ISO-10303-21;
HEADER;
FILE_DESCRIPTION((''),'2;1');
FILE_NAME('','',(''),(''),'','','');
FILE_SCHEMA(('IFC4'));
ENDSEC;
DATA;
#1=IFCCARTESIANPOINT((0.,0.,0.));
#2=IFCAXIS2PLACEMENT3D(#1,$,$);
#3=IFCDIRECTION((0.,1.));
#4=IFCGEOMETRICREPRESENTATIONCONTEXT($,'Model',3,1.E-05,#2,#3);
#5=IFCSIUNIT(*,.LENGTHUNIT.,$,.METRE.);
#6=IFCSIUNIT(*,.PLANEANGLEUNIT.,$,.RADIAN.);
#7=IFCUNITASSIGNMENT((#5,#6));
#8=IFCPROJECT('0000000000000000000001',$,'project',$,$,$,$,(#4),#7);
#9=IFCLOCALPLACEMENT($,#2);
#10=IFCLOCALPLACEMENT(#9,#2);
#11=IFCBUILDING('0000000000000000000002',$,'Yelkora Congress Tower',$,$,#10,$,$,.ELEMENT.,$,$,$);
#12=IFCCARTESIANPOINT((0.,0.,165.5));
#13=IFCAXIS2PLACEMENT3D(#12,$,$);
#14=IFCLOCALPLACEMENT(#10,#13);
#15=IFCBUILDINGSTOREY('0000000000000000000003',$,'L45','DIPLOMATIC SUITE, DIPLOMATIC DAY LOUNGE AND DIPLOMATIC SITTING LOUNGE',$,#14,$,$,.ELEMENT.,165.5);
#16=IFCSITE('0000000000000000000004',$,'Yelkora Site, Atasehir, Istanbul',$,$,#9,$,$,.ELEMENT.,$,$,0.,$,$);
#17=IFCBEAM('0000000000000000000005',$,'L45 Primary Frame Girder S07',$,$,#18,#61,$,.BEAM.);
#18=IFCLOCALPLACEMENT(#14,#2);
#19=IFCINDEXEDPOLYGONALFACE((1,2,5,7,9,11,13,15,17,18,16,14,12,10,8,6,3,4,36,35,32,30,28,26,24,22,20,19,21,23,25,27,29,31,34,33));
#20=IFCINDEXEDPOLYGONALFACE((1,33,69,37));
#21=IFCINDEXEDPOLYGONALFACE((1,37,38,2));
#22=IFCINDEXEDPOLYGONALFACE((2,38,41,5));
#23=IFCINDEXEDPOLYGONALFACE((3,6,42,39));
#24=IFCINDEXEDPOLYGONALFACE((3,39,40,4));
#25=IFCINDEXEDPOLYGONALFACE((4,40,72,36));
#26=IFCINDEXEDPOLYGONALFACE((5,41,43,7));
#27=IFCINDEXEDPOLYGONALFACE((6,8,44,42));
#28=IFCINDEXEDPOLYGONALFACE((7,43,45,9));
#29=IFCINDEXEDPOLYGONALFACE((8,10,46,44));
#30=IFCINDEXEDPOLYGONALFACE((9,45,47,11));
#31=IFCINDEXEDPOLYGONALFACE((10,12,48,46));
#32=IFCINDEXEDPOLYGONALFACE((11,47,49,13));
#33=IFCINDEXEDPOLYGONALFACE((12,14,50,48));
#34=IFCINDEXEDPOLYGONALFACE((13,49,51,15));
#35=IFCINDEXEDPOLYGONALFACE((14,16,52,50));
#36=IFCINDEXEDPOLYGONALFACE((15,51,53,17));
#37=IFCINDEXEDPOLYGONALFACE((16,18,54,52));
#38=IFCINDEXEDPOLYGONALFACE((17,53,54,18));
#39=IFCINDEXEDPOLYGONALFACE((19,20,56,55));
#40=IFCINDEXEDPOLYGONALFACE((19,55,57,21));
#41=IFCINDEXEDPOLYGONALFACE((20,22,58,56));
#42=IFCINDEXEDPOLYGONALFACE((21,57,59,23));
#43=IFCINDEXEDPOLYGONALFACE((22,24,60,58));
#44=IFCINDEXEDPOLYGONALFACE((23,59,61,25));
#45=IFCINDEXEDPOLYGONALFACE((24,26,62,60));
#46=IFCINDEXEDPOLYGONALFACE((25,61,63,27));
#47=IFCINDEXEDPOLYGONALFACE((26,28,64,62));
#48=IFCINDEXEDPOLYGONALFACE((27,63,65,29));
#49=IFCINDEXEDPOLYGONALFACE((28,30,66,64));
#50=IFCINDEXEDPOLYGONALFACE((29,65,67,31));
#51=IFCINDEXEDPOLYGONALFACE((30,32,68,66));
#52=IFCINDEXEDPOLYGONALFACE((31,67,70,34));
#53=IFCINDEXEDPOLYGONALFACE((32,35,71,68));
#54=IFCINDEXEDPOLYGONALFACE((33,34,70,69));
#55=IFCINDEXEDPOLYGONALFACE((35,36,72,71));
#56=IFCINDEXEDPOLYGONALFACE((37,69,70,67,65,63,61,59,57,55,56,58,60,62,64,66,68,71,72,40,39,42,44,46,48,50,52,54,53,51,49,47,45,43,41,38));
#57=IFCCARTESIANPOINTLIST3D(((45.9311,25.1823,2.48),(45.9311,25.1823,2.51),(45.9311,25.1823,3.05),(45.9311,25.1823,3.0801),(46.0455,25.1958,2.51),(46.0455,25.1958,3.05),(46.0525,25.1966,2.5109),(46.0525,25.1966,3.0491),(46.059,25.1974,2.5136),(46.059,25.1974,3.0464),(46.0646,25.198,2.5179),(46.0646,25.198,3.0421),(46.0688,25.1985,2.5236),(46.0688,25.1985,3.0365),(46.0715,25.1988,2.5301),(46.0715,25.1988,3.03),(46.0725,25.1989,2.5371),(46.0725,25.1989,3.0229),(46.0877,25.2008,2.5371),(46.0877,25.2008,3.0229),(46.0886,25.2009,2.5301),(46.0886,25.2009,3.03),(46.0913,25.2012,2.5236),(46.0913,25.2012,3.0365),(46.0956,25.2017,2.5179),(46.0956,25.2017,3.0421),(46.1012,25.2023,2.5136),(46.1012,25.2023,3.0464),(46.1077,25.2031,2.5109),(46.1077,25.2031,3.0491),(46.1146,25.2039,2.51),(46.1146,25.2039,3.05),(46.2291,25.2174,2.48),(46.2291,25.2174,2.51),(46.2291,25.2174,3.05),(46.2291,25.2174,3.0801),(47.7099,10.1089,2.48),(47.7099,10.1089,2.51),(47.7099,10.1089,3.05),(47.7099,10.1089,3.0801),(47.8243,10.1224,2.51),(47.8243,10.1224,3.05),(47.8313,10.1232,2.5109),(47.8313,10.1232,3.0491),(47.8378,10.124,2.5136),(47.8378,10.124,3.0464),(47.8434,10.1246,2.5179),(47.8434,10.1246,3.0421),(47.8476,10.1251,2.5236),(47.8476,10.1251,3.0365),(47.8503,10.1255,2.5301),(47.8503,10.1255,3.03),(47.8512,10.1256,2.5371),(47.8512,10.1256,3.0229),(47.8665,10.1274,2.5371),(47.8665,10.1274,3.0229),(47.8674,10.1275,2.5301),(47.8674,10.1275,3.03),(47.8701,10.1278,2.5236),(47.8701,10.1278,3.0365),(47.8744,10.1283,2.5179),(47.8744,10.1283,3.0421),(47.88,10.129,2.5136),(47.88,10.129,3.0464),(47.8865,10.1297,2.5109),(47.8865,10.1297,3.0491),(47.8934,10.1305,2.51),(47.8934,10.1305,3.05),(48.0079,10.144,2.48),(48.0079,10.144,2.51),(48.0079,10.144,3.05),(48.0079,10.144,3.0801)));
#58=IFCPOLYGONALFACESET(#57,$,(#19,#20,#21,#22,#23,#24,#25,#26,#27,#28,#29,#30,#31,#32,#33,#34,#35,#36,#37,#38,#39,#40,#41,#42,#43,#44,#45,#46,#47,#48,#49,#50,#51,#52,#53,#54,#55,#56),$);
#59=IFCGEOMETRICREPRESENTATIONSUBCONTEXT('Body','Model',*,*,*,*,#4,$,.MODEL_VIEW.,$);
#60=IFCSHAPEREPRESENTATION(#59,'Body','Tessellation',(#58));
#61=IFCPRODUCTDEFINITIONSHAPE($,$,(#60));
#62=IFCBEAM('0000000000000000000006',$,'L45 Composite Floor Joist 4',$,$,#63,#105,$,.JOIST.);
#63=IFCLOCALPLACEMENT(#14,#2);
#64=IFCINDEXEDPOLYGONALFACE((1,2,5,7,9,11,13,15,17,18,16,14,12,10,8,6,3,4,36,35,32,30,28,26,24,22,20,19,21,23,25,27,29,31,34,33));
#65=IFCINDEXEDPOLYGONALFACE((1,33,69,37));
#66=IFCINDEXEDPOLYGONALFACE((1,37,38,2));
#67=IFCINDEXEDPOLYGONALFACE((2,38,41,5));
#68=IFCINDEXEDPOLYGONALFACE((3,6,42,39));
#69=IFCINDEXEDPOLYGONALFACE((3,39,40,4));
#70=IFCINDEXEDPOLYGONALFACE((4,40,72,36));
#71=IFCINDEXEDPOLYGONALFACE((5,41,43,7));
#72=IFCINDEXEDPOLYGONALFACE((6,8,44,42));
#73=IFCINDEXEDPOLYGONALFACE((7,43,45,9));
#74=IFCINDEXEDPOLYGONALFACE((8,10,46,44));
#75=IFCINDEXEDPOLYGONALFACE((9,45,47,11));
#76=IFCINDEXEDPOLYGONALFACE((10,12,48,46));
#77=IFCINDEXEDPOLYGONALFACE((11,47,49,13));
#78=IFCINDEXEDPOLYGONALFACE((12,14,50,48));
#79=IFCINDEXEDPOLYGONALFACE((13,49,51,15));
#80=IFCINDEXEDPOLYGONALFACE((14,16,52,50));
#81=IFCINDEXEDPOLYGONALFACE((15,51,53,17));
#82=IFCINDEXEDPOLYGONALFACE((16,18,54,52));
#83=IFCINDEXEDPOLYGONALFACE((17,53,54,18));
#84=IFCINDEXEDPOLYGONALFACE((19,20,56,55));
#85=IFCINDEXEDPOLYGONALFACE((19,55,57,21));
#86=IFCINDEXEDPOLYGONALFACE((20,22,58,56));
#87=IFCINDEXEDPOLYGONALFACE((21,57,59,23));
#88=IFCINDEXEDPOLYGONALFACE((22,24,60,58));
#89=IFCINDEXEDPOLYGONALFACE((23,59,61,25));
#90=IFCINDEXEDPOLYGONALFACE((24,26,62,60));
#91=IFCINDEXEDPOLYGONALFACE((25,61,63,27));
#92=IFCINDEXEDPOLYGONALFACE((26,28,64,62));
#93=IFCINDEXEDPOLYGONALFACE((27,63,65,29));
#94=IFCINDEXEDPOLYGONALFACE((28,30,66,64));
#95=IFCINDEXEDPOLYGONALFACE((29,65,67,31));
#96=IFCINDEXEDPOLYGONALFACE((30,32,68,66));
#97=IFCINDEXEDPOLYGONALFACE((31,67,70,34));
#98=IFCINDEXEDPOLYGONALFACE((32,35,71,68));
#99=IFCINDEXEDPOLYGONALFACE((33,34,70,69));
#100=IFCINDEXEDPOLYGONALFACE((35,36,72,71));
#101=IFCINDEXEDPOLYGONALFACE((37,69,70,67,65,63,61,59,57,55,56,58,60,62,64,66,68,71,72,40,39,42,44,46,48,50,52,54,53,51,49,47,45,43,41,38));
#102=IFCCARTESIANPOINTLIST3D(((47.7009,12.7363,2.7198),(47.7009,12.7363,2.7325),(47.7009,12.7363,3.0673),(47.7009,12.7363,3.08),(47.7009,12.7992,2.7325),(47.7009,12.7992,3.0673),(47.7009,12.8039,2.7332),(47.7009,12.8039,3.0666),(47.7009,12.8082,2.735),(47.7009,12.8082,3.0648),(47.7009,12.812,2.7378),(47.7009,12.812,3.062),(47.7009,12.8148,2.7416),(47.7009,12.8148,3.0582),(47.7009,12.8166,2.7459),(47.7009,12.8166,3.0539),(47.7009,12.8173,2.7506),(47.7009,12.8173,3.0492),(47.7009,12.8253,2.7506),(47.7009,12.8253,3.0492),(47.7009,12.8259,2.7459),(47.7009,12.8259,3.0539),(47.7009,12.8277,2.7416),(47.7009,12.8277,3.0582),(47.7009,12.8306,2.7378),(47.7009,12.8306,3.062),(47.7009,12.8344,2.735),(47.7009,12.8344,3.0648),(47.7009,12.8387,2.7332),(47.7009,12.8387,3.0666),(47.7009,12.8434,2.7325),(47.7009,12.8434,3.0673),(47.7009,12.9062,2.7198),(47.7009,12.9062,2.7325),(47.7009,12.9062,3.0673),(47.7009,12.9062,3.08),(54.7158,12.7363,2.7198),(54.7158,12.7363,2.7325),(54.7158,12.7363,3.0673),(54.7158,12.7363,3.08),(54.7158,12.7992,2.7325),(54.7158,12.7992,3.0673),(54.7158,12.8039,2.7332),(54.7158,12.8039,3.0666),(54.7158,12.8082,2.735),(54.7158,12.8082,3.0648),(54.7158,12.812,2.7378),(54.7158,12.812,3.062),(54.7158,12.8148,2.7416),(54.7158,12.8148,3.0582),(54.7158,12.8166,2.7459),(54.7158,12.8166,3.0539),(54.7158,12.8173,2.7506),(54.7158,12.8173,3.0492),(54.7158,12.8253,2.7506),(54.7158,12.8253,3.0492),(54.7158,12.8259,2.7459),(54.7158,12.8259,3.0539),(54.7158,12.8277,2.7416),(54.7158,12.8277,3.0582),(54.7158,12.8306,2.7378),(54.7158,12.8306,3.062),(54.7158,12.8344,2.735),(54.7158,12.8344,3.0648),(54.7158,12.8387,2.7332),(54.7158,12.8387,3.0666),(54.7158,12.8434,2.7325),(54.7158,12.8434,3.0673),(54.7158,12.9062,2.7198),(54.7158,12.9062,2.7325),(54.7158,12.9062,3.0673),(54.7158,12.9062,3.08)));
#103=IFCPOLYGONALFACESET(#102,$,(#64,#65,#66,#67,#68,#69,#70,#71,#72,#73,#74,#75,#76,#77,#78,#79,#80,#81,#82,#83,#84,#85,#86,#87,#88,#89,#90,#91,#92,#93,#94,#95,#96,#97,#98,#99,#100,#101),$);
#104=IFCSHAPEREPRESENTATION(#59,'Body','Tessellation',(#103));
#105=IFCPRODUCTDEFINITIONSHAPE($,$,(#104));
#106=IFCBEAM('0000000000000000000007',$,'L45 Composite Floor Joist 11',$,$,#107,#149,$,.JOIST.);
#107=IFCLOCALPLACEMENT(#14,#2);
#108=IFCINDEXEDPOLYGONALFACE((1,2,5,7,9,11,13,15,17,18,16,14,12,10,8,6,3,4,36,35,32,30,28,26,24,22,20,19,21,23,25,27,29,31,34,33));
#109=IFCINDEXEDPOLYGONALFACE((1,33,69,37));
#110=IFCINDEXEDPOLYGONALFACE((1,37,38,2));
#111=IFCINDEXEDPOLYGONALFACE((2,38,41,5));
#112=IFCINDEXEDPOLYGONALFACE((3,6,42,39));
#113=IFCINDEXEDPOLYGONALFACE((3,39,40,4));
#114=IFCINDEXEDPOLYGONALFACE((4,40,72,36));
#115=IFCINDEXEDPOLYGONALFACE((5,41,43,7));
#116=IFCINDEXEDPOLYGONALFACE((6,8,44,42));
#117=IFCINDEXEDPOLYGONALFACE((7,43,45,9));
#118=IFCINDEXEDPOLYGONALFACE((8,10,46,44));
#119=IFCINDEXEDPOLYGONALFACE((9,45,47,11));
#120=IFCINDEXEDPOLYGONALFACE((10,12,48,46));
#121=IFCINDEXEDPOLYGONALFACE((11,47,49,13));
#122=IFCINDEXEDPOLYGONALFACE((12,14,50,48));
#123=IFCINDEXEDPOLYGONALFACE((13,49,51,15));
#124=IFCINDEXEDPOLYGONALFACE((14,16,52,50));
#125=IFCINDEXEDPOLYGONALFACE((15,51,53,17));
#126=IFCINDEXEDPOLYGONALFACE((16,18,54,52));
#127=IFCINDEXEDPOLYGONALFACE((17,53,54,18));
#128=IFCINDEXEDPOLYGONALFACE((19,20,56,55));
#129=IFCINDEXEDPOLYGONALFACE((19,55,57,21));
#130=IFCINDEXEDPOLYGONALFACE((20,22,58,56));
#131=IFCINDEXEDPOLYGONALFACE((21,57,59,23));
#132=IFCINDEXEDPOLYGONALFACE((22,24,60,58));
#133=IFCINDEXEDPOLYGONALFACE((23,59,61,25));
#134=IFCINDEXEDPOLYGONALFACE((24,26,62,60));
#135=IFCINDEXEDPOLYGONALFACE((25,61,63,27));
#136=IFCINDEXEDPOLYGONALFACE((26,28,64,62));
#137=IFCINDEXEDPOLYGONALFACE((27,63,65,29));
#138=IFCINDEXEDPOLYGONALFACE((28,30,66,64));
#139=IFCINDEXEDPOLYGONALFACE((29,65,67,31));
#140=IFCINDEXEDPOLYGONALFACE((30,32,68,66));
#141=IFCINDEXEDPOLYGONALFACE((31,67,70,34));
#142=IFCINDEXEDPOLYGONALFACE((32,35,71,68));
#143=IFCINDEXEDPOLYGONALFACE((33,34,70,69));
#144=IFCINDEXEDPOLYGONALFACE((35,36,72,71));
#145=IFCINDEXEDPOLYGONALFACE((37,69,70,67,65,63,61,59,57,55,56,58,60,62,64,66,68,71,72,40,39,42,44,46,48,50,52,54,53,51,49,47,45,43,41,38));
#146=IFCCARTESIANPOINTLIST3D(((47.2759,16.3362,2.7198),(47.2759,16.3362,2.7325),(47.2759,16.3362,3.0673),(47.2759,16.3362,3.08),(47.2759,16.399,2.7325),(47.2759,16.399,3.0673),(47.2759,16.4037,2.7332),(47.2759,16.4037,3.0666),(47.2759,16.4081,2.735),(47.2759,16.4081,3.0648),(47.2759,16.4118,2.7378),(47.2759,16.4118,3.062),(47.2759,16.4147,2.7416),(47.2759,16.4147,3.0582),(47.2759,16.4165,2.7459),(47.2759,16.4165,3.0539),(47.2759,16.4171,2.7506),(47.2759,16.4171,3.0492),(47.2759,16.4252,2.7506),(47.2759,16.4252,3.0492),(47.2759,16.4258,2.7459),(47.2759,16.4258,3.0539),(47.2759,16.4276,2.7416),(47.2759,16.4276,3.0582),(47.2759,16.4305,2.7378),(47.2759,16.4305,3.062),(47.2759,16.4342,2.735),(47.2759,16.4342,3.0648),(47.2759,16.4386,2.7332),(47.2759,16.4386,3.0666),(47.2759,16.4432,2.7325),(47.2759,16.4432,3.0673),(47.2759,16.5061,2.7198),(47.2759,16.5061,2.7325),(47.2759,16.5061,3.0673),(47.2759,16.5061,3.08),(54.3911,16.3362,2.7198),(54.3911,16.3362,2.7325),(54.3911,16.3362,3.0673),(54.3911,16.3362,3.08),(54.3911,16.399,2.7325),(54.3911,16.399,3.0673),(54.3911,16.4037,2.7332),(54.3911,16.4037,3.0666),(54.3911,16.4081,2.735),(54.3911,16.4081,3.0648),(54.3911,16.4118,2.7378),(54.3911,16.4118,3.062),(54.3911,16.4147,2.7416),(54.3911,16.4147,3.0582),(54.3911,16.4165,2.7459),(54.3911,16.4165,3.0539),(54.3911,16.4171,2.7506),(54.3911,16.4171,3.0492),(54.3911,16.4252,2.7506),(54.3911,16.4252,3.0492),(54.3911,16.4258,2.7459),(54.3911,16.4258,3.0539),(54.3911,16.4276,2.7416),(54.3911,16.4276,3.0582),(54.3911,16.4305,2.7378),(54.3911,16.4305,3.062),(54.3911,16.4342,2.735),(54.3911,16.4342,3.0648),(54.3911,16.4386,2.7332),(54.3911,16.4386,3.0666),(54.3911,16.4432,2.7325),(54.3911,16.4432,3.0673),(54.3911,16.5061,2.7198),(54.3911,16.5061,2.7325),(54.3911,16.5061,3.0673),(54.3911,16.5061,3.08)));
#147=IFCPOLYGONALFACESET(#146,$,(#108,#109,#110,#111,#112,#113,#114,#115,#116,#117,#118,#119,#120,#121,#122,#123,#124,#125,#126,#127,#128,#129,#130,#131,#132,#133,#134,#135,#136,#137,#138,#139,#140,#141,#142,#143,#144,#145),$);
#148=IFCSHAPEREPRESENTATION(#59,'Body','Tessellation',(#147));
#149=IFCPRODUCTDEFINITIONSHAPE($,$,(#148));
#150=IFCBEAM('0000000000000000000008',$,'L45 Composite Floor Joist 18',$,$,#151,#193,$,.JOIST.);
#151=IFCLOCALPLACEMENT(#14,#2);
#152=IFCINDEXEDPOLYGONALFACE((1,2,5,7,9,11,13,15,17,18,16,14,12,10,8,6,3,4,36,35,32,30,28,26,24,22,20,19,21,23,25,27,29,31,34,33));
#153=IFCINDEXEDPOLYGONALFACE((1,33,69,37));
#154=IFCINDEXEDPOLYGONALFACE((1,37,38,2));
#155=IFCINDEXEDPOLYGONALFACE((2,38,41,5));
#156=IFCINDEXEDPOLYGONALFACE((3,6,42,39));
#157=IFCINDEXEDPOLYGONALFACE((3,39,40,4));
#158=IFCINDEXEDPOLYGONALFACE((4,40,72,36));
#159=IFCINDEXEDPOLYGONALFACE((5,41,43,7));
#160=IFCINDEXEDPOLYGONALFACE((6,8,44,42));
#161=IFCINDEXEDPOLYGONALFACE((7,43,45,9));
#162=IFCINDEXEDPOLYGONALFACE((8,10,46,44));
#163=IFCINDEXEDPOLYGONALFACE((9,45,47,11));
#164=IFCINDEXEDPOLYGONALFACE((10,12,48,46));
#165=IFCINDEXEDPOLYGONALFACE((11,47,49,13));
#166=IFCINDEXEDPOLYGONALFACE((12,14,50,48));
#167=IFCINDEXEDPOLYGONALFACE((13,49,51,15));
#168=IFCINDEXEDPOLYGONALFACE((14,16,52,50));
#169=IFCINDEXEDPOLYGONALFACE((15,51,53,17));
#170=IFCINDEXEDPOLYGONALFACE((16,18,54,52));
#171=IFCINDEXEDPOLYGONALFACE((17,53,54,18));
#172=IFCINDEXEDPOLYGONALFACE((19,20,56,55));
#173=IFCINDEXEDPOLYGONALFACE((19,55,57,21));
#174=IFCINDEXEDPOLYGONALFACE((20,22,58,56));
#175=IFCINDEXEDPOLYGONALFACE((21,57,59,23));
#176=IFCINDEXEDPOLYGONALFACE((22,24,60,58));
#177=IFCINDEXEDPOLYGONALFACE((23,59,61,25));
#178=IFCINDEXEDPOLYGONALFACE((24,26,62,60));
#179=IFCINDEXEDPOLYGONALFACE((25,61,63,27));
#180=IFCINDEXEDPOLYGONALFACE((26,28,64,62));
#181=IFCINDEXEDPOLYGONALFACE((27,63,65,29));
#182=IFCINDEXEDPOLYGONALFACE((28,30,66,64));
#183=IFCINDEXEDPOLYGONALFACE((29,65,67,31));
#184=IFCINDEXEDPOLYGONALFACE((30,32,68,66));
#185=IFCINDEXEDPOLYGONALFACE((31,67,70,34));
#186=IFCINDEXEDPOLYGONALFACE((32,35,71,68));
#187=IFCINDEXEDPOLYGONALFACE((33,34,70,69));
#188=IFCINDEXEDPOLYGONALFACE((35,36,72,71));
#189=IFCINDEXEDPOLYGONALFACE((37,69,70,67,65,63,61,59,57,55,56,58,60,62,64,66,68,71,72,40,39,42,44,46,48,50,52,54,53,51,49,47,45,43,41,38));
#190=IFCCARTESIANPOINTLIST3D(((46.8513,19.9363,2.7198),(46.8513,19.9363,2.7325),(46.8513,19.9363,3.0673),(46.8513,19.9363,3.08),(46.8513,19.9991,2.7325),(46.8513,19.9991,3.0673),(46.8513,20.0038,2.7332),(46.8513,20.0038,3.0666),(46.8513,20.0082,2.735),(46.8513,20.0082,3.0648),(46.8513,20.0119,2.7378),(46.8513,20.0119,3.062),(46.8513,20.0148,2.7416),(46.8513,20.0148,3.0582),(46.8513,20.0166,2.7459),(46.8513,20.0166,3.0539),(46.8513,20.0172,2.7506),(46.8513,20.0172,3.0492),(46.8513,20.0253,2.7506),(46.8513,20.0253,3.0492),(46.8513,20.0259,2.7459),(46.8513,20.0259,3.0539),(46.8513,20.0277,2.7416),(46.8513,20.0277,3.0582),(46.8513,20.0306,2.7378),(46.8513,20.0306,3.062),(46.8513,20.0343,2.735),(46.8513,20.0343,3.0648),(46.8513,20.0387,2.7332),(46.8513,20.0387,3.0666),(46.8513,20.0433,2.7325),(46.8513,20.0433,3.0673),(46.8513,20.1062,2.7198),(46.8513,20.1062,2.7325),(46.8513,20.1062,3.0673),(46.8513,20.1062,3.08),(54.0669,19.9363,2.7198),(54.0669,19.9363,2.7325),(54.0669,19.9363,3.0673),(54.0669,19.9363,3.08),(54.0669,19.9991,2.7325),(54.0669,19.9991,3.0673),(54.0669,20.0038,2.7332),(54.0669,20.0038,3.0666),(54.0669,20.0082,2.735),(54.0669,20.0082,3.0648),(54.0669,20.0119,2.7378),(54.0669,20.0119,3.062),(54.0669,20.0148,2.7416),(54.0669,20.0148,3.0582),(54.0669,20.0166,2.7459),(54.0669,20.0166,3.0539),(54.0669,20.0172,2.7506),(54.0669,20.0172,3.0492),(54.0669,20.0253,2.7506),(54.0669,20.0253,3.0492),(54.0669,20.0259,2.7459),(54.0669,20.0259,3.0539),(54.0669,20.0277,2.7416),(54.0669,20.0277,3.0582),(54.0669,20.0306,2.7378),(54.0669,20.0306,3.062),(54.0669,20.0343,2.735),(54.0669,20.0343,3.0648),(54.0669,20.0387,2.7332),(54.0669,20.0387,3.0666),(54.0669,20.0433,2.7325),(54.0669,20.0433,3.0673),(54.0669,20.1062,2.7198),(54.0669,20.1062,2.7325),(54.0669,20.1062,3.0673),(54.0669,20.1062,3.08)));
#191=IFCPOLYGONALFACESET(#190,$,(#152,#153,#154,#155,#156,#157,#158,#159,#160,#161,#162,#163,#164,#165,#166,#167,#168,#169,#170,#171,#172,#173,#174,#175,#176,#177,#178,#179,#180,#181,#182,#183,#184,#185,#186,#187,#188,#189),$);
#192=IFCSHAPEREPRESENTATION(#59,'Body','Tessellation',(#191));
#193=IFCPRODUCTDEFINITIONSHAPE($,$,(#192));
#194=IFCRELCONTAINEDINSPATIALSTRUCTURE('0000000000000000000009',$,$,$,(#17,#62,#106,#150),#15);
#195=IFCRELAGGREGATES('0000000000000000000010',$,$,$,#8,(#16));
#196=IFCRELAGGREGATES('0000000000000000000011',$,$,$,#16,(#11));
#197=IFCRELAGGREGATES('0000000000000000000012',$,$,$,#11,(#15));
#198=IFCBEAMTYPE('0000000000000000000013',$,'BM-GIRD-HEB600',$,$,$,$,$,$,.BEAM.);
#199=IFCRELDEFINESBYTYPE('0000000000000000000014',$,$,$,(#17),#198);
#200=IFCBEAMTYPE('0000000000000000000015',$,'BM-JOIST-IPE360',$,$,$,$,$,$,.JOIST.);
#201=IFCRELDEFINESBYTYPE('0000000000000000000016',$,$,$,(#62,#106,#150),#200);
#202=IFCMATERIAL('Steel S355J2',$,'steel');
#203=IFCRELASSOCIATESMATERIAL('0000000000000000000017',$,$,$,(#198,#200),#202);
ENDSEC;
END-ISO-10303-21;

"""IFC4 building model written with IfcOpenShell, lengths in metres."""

from ifc_helpers import new_model, si_unit, direction, frame, origin, origin_2d, place, context, subcontext, project, spatial, i_section, extrude, material, material_profile, profile_set, type_object, element, save


model = new_model("IFC4")

# Units and contexts
model_context = context("Model", 3, precision=1e-05, world=origin(), true_north=direction((0.0, 1.0)))
body_context = subcontext(model_context, "Body", "Model", "MODEL_VIEW")
ifc_project = project(units=[si_unit("LENGTHUNIT", "METRE"), si_unit("PLANEANGLEUNIT", "RADIAN")], contexts=[model_context])

# Site, building, storey
site_placement = place(None, origin())
site = spatial("IfcSite", under=ifc_project, at=site_placement, Name="Yelkora Site, Atasehir, Istanbul", CompositionType="ELEMENT", RefElevation=0.0)
building_placement = place(site_placement, origin())
building = spatial("IfcBuilding", under=site, at=building_placement, Name="Yelkora Congress Tower", CompositionType="ELEMENT")
storey_placement = place(building_placement, frame((0.0, 0.0, 165.5)))
storey = spatial("IfcBuildingStorey", under=building, at=storey_placement, Name="L45", Description="DIPLOMATIC SUITE, DIPLOMATIC DAY LOUNGE AND DIPLOMATIC SITTING LOUNGE", CompositionType="ELEMENT", Elevation=165.5)

# Beams
ifc_material_1 = material(Name="Steel S355J2", Category="steel")
ifc_material_profile_1 = material_profile(ifc_material_1, i_section(OverallWidth=0.3, OverallDepth=0.6001, WebThickness=0.0154, FlangeThickness=0.03, FilletRadius=0.0271, at=origin_2d()), Name="HEB 600")
ifc_profile_set_1 = profile_set([ifc_material_profile_1], Name="Steel S355J2")
beam_type_1 = type_object("IfcBeamType", Name="BM-GIRD-HEB600", PredefinedType="BEAM", material=ifc_profile_set_1)
beam_1_placement = place(storey_placement, frame((47.8589, 10.1265, 2.78), z_axis=(-0.117196, 0.993109, 0.0), x_axis=(-0.993109, -0.117196, 0.0)))
element("IfcBeam", 1, at=beam_1_placement, inside=storey, type_object=beam_type_1, Name="L45 Primary Frame Girder S07", PredefinedType="BEAM", context=body_context, shape_type="SweptSolid", body=[
    extrude(i_section(OverallWidth=0.3, OverallDepth=0.6001, WebThickness=0.0154, FlangeThickness=0.03, FilletRadius=0.0271, at=origin_2d()), origin(), (0.0, 0.0, 1.0), 15.178),
])
ifc_material_profile_2 = material_profile(ifc_material_1, i_section(OverallWidth=0.1699, OverallDepth=0.3601, WebThickness=0.0081, FlangeThickness=0.0127, FilletRadius=0.0181, at=origin_2d()), Name="IPE 360")
ifc_profile_set_2 = profile_set([ifc_material_profile_2], Name="Steel S355J2")
beam_type_2 = type_object("IfcBeamType", Name="BM-JOIST-IPE360", PredefinedType="JOIST", material=ifc_profile_set_2)
beam_2_placement = place(storey_placement, frame((47.7009, 12.8213, 2.8999), z_axis=(1.0, 0.0, 0.0), x_axis=(0.0, 1.0, 0.0)))
element("IfcBeam", 2, at=beam_2_placement, inside=storey, type_object=beam_type_2, Name="L45 Composite Floor Joist 4", PredefinedType="JOIST", context=body_context, shape_type="SweptSolid", body=[
    extrude(i_section(OverallWidth=0.1699, OverallDepth=0.3601, WebThickness=0.0081, FlangeThickness=0.0127, FilletRadius=0.0181, at=origin_2d()), origin(), (0.0, 0.0, 1.0), 7.0149),
])
beam_3_placement = place(storey_placement, frame((47.2759, 16.4211, 2.8999), z_axis=(1.0, 0.0, 0.0), x_axis=(0.0, 1.0, 0.0)))
element("IfcBeam", 3, at=beam_3_placement, inside=storey, type_object=beam_type_2, Name="L45 Composite Floor Joist 11", PredefinedType="JOIST", context=body_context, shape_type="SweptSolid", body=[
    extrude(i_section(OverallWidth=0.1699, OverallDepth=0.3601, WebThickness=0.0081, FlangeThickness=0.0127, FilletRadius=0.0181, at=origin_2d()), origin(), (0.0, 0.0, 1.0), 7.1152),
])
beam_4_placement = place(storey_placement, frame((46.8513, 20.0212, 2.8999), z_axis=(1.0, 0.0, 0.0), x_axis=(0.0, 1.0, 0.0)))
element("IfcBeam", 4, at=beam_4_placement, inside=storey, type_object=beam_type_2, Name="L45 Composite Floor Joist 18", PredefinedType="JOIST", context=body_context, shape_type="SweptSolid", body=[
    extrude(i_section(OverallWidth=0.1699, OverallDepth=0.3601, WebThickness=0.0081, FlangeThickness=0.0127, FilletRadius=0.0181, at=origin_2d()), origin(), (0.0, 0.0, 1.0), 7.2156),
])

save(model, "model.ifc")
